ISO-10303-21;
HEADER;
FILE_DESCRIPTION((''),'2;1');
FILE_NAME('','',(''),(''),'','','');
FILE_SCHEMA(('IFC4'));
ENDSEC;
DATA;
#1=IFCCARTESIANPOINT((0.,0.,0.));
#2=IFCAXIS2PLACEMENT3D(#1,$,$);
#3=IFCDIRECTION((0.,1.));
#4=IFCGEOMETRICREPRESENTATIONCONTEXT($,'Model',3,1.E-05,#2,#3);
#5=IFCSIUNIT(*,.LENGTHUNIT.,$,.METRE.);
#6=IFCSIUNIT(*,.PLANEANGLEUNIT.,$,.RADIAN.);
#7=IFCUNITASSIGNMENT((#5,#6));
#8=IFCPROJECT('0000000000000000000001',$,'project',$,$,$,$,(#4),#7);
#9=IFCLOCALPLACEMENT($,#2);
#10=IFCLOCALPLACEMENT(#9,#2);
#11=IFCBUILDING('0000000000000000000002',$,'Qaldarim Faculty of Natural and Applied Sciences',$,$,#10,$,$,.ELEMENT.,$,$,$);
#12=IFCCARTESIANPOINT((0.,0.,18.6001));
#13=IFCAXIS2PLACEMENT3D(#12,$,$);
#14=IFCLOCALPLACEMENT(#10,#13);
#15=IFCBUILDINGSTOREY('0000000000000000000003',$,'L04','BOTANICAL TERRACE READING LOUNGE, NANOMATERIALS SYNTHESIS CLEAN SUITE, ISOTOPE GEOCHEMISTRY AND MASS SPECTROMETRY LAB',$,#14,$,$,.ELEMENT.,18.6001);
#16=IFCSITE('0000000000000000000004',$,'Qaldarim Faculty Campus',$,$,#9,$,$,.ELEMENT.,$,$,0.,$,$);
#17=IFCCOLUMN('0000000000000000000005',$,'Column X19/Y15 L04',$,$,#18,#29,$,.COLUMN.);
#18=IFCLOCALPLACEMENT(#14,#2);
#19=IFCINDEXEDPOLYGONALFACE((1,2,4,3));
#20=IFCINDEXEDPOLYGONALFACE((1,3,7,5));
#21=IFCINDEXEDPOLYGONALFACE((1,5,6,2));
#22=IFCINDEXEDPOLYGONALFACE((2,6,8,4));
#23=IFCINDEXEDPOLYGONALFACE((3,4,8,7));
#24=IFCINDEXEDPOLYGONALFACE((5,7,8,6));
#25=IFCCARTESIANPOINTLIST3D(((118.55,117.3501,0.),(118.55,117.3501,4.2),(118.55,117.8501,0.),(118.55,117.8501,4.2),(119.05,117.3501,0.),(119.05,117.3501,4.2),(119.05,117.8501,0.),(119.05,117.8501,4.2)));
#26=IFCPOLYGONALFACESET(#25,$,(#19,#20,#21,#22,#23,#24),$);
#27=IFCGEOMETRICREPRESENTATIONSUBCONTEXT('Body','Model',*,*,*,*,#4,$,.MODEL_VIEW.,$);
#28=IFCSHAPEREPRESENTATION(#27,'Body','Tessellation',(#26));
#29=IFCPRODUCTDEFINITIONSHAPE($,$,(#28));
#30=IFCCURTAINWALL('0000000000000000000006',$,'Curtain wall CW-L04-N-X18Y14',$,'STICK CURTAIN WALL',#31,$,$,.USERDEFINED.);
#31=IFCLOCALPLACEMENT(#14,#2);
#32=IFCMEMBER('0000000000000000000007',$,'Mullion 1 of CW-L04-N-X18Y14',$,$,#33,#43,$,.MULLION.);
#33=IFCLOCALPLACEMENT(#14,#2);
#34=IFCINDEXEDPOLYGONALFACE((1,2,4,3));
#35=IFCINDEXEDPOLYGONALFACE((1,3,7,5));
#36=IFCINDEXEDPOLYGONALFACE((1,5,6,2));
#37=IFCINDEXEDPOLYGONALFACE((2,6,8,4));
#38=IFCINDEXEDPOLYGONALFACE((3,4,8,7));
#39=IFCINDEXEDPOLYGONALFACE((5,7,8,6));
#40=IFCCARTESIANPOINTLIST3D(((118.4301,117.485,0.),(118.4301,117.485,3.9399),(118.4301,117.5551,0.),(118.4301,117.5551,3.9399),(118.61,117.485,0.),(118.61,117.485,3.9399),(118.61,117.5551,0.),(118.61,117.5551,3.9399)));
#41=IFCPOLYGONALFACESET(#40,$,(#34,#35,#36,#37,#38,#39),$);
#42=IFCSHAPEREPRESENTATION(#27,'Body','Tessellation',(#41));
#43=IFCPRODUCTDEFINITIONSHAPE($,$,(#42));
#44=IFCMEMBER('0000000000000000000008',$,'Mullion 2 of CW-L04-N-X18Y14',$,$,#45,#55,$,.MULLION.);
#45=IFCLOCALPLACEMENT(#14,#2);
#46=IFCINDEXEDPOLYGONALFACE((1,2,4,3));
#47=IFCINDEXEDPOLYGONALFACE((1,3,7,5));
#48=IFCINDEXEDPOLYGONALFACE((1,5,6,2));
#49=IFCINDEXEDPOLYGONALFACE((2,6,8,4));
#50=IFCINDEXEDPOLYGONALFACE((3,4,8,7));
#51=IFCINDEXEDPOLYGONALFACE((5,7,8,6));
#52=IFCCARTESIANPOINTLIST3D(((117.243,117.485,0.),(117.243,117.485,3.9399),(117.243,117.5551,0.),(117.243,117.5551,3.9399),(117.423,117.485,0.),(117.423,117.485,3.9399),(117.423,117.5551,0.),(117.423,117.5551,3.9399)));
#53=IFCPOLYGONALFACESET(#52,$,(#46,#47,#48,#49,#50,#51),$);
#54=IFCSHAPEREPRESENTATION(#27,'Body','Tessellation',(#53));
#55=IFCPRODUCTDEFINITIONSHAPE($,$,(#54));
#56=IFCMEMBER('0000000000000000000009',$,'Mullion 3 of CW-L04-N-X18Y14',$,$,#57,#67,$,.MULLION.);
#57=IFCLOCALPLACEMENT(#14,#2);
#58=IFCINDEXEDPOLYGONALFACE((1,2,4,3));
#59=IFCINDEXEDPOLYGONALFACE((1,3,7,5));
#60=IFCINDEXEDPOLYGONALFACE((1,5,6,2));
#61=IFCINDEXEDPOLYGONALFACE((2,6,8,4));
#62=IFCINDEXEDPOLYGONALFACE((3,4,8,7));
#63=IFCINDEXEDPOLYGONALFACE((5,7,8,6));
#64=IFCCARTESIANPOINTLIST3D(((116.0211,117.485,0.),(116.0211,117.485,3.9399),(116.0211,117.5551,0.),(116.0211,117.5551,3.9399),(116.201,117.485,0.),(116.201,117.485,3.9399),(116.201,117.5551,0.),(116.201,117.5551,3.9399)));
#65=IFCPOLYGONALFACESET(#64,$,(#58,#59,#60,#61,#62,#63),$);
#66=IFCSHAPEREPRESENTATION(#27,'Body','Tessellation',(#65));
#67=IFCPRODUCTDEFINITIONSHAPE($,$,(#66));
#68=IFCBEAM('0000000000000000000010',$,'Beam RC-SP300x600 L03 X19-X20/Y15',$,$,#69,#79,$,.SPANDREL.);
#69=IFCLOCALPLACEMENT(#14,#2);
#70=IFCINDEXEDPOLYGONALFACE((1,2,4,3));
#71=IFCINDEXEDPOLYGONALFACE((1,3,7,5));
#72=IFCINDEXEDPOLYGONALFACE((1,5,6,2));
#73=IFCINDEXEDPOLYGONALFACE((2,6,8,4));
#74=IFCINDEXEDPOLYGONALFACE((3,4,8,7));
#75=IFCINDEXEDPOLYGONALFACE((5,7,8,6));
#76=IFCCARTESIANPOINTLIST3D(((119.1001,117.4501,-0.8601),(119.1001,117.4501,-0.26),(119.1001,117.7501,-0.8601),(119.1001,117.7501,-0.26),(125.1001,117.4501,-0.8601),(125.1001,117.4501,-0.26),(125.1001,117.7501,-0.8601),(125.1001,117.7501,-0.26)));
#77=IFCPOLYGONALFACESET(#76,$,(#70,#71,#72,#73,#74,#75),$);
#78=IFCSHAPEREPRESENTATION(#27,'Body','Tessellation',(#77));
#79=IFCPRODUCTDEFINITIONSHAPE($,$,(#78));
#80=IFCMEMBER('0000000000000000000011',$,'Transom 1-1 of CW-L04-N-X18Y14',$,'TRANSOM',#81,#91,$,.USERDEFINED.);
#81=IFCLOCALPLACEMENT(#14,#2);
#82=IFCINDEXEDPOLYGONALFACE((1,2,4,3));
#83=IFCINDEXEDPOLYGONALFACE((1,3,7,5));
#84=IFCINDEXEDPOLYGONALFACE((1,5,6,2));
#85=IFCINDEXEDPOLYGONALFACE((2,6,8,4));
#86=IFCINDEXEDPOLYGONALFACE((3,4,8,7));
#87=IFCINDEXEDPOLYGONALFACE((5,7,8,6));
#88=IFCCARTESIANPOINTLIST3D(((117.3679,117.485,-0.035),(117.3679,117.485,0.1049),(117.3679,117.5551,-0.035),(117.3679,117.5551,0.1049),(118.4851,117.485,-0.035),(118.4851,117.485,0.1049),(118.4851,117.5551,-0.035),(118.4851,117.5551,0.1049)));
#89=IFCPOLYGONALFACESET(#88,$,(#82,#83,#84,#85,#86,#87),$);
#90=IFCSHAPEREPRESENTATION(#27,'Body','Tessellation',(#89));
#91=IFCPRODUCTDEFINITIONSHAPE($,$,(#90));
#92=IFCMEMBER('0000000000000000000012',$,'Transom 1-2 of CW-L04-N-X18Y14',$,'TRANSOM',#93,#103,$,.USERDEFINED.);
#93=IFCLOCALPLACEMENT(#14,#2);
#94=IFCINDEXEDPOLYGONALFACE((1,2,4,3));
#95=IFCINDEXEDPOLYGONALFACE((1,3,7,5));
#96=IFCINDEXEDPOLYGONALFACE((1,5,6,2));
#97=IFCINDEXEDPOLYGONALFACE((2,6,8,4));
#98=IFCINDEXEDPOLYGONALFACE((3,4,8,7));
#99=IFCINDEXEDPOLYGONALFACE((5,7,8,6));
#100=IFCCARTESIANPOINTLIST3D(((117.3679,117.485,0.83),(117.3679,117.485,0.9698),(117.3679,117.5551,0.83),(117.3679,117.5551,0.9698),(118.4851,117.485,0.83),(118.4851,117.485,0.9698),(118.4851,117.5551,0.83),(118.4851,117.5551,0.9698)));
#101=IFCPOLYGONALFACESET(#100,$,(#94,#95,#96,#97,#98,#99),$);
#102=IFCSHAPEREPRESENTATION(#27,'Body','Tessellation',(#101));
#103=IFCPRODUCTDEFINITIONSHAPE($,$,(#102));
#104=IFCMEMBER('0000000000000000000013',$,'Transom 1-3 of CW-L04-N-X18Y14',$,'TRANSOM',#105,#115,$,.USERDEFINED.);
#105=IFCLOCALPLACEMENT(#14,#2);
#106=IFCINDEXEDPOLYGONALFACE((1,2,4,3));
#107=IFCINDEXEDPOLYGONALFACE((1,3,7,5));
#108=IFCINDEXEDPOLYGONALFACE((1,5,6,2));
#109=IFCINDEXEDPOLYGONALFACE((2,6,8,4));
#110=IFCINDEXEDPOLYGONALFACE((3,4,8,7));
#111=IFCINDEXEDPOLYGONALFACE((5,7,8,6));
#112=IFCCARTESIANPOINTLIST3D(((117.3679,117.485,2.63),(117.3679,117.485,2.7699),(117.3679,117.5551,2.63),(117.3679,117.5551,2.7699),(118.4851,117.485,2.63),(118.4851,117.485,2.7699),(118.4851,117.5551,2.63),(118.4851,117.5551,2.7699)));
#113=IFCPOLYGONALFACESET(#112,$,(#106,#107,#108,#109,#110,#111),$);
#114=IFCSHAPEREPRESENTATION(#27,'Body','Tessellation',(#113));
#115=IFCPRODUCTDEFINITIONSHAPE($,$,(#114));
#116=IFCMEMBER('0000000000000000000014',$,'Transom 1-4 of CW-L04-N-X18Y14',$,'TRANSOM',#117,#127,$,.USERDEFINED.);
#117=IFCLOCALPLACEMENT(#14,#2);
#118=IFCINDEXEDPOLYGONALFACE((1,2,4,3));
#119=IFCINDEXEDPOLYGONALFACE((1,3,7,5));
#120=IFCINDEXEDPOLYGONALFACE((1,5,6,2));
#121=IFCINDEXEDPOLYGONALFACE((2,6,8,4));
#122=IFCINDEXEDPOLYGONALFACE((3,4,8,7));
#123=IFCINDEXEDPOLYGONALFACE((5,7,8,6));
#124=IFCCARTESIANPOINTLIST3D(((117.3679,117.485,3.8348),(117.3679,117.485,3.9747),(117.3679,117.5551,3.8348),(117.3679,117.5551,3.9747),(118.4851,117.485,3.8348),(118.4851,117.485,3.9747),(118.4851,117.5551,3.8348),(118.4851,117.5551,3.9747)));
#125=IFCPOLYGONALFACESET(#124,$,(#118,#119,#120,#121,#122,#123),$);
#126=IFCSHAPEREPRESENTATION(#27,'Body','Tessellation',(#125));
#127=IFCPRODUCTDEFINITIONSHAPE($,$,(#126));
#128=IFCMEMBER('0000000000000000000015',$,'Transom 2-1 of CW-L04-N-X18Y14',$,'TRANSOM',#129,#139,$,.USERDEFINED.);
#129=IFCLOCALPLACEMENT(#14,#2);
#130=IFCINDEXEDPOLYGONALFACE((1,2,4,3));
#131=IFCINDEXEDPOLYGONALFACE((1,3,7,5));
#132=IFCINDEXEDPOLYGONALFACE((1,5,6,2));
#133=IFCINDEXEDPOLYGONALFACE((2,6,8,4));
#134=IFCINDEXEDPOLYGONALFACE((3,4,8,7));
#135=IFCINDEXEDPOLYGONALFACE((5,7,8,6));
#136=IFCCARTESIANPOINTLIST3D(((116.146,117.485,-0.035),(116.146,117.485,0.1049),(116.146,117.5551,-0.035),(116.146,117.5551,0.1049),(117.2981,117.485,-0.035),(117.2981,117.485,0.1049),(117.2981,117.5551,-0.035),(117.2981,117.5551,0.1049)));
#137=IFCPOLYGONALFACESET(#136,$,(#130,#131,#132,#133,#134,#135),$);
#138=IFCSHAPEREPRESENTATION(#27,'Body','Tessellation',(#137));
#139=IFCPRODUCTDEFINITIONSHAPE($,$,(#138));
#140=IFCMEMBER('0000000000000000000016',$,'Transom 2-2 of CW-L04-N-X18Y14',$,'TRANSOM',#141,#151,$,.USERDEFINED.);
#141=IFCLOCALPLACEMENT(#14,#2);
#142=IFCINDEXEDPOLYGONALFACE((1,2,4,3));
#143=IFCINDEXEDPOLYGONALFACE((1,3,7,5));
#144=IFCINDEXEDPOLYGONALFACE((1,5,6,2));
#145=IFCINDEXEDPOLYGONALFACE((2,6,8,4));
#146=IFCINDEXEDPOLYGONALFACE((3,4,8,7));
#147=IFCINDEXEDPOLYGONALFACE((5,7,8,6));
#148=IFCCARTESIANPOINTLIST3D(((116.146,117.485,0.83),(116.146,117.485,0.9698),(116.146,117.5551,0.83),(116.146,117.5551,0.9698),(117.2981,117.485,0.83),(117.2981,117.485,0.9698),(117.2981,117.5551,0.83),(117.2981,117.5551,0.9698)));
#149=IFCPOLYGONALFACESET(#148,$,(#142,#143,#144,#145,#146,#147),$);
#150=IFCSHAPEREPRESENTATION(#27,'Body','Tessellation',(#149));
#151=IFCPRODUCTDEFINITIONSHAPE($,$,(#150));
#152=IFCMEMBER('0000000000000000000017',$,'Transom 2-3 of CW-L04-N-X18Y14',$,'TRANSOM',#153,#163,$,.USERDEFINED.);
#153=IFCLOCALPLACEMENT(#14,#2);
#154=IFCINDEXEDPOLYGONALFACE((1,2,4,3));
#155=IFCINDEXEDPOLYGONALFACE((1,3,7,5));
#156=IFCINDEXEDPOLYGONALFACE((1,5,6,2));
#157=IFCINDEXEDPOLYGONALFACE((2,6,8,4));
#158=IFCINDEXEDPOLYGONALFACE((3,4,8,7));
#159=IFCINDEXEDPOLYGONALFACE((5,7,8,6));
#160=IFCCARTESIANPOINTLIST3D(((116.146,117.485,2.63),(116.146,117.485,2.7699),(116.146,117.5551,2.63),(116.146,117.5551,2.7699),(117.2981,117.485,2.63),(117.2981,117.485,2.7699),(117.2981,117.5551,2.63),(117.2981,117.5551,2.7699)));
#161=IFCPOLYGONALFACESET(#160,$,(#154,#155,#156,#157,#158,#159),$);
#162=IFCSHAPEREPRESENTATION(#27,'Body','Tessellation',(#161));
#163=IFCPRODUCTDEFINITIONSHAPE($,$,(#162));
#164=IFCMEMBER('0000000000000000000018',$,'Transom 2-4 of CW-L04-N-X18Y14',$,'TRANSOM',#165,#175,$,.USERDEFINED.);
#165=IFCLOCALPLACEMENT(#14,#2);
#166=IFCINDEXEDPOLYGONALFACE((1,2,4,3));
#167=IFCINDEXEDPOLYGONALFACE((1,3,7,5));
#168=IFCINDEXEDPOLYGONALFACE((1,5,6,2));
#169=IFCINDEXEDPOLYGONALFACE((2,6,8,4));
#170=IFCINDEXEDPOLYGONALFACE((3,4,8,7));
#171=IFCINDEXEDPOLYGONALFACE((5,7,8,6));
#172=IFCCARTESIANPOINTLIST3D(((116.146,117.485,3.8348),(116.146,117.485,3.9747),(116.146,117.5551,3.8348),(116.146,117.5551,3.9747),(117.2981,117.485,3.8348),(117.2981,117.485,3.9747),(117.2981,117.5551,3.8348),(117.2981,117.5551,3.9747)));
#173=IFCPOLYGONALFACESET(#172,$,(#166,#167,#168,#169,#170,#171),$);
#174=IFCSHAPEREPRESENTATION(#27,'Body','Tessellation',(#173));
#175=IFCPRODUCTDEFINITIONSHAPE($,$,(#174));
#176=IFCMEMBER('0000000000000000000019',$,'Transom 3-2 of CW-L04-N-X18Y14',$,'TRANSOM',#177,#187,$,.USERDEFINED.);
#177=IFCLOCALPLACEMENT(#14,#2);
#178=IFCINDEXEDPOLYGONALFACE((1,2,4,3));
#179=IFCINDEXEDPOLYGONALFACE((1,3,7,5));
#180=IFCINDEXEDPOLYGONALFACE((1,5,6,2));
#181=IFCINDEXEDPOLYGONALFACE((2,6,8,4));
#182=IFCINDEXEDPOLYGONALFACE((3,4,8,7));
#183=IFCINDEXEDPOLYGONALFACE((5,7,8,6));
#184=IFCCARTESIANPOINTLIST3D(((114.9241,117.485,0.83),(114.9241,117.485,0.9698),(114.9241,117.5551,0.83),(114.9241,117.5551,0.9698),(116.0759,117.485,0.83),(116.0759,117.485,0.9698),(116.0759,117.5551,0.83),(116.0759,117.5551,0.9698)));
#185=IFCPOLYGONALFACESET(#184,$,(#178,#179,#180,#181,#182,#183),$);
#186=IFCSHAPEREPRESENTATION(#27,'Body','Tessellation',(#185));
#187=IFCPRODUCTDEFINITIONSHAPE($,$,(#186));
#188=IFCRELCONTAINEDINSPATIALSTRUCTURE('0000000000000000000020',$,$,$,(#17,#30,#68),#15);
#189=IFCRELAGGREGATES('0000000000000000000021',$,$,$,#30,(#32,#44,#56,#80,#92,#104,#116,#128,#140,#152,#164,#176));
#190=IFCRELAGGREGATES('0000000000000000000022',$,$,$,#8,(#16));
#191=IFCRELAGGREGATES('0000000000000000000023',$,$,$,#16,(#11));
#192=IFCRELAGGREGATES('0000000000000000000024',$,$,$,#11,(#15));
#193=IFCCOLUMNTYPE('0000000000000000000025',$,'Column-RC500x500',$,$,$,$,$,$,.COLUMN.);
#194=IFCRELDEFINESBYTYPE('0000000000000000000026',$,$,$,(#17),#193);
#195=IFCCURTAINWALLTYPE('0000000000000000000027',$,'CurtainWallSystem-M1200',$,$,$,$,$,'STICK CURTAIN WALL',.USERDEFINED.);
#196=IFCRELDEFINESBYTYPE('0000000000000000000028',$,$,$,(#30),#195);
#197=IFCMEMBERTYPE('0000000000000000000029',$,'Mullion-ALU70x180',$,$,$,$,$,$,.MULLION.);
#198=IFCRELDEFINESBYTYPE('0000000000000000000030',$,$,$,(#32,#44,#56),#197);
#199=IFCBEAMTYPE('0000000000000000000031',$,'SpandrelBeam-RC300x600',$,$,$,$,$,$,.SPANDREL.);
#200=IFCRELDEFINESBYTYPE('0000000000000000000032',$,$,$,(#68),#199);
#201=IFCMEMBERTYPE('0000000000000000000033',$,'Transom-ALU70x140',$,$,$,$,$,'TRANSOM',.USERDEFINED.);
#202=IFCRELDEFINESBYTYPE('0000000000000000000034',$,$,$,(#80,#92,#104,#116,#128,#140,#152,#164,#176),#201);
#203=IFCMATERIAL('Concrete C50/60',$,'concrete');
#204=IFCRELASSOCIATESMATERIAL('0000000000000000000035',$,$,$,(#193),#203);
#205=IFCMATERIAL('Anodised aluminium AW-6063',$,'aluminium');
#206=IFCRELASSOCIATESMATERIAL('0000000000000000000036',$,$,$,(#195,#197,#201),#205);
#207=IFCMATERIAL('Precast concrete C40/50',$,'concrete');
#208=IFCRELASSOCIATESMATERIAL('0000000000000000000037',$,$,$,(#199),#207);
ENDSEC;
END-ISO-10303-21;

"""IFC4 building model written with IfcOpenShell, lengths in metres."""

from ifc_helpers import new_model, si_unit, direction, frame, origin, origin_2d, place, context, subcontext, project, spatial, rectangle, extrude, material, material_profile, profile_set, type_object, element, aggregate, save


model = new_model("IFC4")

# Units and contexts
model_context = context("Model", 3, precision=1e-05, world=origin(), true_north=direction((0.0, 1.0)))
body_context = subcontext(model_context, "Body", "Model", "MODEL_VIEW")
ifc_project = project(units=[si_unit("LENGTHUNIT", "METRE"), si_unit("PLANEANGLEUNIT", "RADIAN")], contexts=[model_context])

# Site, building, storey
site_placement = place(None, origin())
site = spatial("IfcSite", under=ifc_project, at=site_placement, Name="Qaldarim Faculty Campus", CompositionType="ELEMENT", RefElevation=0.0)
building_placement = place(site_placement, origin())
building = spatial("IfcBuilding", under=site, at=building_placement, Name="Qaldarim Faculty of Natural and Applied Sciences", CompositionType="ELEMENT")
storey_placement = place(building_placement, frame((0.0, 0.0, 18.6001)))
storey = spatial("IfcBuildingStorey", under=building, at=storey_placement, Name="L04", Description="BOTANICAL TERRACE READING LOUNGE, NANOMATERIALS SYNTHESIS CLEAN SUITE, ISOTOPE GEOCHEMISTRY AND MASS SPECTROMETRY LAB", CompositionType="ELEMENT", Elevation=18.6001)

# Column
ifc_material_1 = material(Name="Concrete C50/60", Category="concrete")
ifc_material_profile_1 = material_profile(ifc_material_1, rectangle(XDim=0.5, YDim=0.5, at=origin_2d()), Name="RC-C500x500")
ifc_profile_set_1 = profile_set([ifc_material_profile_1], Name="Concrete C50/60")
column_type = type_object("IfcColumnType", Name="Column-RC500x500", PredefinedType="COLUMN", material=ifc_profile_set_1)
column_placement = place(storey_placement, frame((118.8, 117.6001, 0.0), z_axis=(0.0, 0.0, 1.0), x_axis=(1.0, 0.0, 0.0)))
element("IfcColumn", 1, at=column_placement, inside=storey, type_object=column_type, Name="Column X19/Y15 L04", PredefinedType="COLUMN", context=body_context, shape_type="SweptSolid", body=[
    extrude(rectangle(XDim=0.5, YDim=0.5, at=origin_2d()), origin(), (0.0, 0.0, 1.0), 4.2),
])

# Curtain wall, members
ifc_material_2 = material(Name="Anodised aluminium AW-6063", Category="aluminium")
curtain_wall_type = type_object("IfcCurtainWallType", Name="CurtainWallSystem-M1200", ElementType="STICK CURTAIN WALL", PredefinedType="USERDEFINED", material=ifc_material_2)
curtain_wall_placement = place(storey_placement, origin())
curtain_wall = element("IfcCurtainWall", 2, at=curtain_wall_placement, inside=storey, type_object=curtain_wall_type, Name="Curtain wall CW-L04-N-X18Y14", ObjectType="STICK CURTAIN WALL", PredefinedType="USERDEFINED")
ifc_material_profile_2 = material_profile(ifc_material_2, rectangle(XDim=0.0701, YDim=0.1799, at=origin_2d()), Name="ALU-M70x180")
ifc_profile_set_2 = profile_set([ifc_material_profile_2], Name="Anodised aluminium AW-6063")
member_type_1 = type_object("IfcMemberType", Name="Mullion-ALU70x180", PredefinedType="MULLION", material=ifc_profile_set_2)
member_1_placement = place(storey_placement, frame((118.52, 117.52, 0.0), z_axis=(0.0, 0.0, 1.0), x_axis=(0.0, -1.0, 0.0)))
member_1 = element("IfcMember", 3, at=member_1_placement, type_object=member_type_1, Name="Mullion 1 of CW-L04-N-X18Y14", PredefinedType="MULLION", context=body_context, shape_type="SweptSolid", body=[
    extrude(rectangle(XDim=0.0701, YDim=0.1799, at=origin_2d()), origin(), (0.0, 0.0, 1.0), 3.9399),
])
member_2_placement = place(storey_placement, frame((117.333, 117.52, 0.0), z_axis=(0.0, 0.0, 1.0), x_axis=(0.0, -1.0, 0.0)))
member_2 = element("IfcMember", 4, at=member_2_placement, type_object=member_type_1, Name="Mullion 2 of CW-L04-N-X18Y14", PredefinedType="MULLION", context=body_context, shape_type="SweptSolid", body=[
    extrude(rectangle(XDim=0.0701, YDim=0.1799, at=origin_2d()), origin(), (0.0, 0.0, 1.0), 3.9399),
])
member_3_placement = place(storey_placement, frame((116.1111, 117.52, 0.0), z_axis=(0.0, 0.0, 1.0), x_axis=(0.0, -1.0, 0.0)))
member_3 = element("IfcMember", 5, at=member_3_placement, type_object=member_type_1, Name="Mullion 3 of CW-L04-N-X18Y14", PredefinedType="MULLION", context=body_context, shape_type="SweptSolid", body=[
    extrude(rectangle(XDim=0.0701, YDim=0.1799, at=origin_2d()), origin(), (0.0, 0.0, 1.0), 3.9399),
])

# Beam
ifc_material_3 = material(Name="Precast concrete C40/50", Category="concrete")
ifc_material_profile_3 = material_profile(ifc_material_3, rectangle(XDim=0.3, YDim=0.6001, at=origin_2d()), Name="RC-SP300x600")
ifc_profile_set_3 = profile_set([ifc_material_profile_3], Name="Precast concrete C40/50")
beam_type = type_object("IfcBeamType", Name="SpandrelBeam-RC300x600", PredefinedType="SPANDREL", material=ifc_profile_set_3)
beam_placement = place(storey_placement, frame((119.1001, 117.6001, -0.5601), z_axis=(1.0, 0.0, 0.0), x_axis=(0.0, 1.0, 0.0)))
element("IfcBeam", 6, at=beam_placement, inside=storey, type_object=beam_type, Name="Beam RC-SP300x600 L03 X19-X20/Y15", PredefinedType="SPANDREL", context=body_context, shape_type="SweptSolid", body=[
    extrude(rectangle(XDim=0.3, YDim=0.6001, at=origin_2d()), origin(), (0.0, 0.0, 1.0), 6.0),
])

# Members
ifc_material_profile_4 = material_profile(ifc_material_2, rectangle(XDim=0.0701, YDim=0.1399, at=origin_2d()), Name="ALU-T70x140")
ifc_profile_set_4 = profile_set([ifc_material_profile_4], Name="Anodised aluminium AW-6063")
member_type_2 = type_object("IfcMemberType", Name="Transom-ALU70x140", ElementType="TRANSOM", PredefinedType="USERDEFINED", material=ifc_profile_set_4)
member_4_placement = place(storey_placement, frame((118.4851, 117.52, 0.0349), z_axis=(-1.0, 0.0, 0.0), x_axis=(0.0, -1.0, 0.0)))
member_4 = element("IfcMember", 7, at=member_4_placement, type_object=member_type_2, Name="Transom 1-1 of CW-L04-N-X18Y14", ObjectType="TRANSOM", PredefinedType="USERDEFINED", context=body_context, shape_type="SweptSolid", body=[
    extrude(rectangle(XDim=0.0701, YDim=0.1399, at=origin_2d()), origin(), (0.0, 0.0, 1.0), 1.1172),
])
member_5_placement = place(storey_placement, frame((118.4851, 117.52, 0.8999), z_axis=(-1.0, 0.0, 0.0), x_axis=(0.0, -1.0, 0.0)))
member_5 = element("IfcMember", 8, at=member_5_placement, type_object=member_type_2, Name="Transom 1-2 of CW-L04-N-X18Y14", ObjectType="TRANSOM", PredefinedType="USERDEFINED", context=body_context, shape_type="SweptSolid", body=[
    extrude(rectangle(XDim=0.0701, YDim=0.1399, at=origin_2d()), origin(), (0.0, 0.0, 1.0), 1.1172),
])
member_6_placement = place(storey_placement, frame((118.4851, 117.52, 2.7), z_axis=(-1.0, 0.0, 0.0), x_axis=(0.0, -1.0, 0.0)))
member_6 = element("IfcMember", 9, at=member_6_placement, type_object=member_type_2, Name="Transom 1-3 of CW-L04-N-X18Y14", ObjectType="TRANSOM", PredefinedType="USERDEFINED", context=body_context, shape_type="SweptSolid", body=[
    extrude(rectangle(XDim=0.0701, YDim=0.1399, at=origin_2d()), origin(), (0.0, 0.0, 1.0), 1.1172),
])
member_7_placement = place(storey_placement, frame((118.4851, 117.52, 3.9048), z_axis=(-1.0, 0.0, 0.0), x_axis=(0.0, -1.0, 0.0)))
member_7 = element("IfcMember", 10, at=member_7_placement, type_object=member_type_2, Name="Transom 1-4 of CW-L04-N-X18Y14", ObjectType="TRANSOM", PredefinedType="USERDEFINED", context=body_context, shape_type="SweptSolid", body=[
    extrude(rectangle(XDim=0.0701, YDim=0.1399, at=origin_2d()), origin(), (0.0, 0.0, 1.0), 1.1172),
])
member_8_placement = place(storey_placement, frame((117.2981, 117.52, 0.0349), z_axis=(-1.0, 0.0, 0.0), x_axis=(0.0, -1.0, 0.0)))
member_8 = element("IfcMember", 11, at=member_8_placement, type_object=member_type_2, Name="Transom 2-1 of CW-L04-N-X18Y14", ObjectType="TRANSOM", PredefinedType="USERDEFINED", context=body_context, shape_type="SweptSolid", body=[
    extrude(rectangle(XDim=0.0701, YDim=0.1399, at=origin_2d()), origin(), (0.0, 0.0, 1.0), 1.1521),
])
member_9_placement = place(storey_placement, frame((117.2981, 117.52, 0.8999), z_axis=(-1.0, 0.0, 0.0), x_axis=(0.0, -1.0, 0.0)))
member_9 = element("IfcMember", 12, at=member_9_placement, type_object=member_type_2, Name="Transom 2-2 of CW-L04-N-X18Y14", ObjectType="TRANSOM", PredefinedType="USERDEFINED", context=body_context, shape_type="SweptSolid", body=[
    extrude(rectangle(XDim=0.0701, YDim=0.1399, at=origin_2d()), origin(), (0.0, 0.0, 1.0), 1.1521),
])
member_10_placement = place(storey_placement, frame((117.2981, 117.52, 2.7), z_axis=(-1.0, 0.0, 0.0), x_axis=(0.0, -1.0, 0.0)))
member_10 = element("IfcMember", 13, at=member_10_placement, type_object=member_type_2, Name="Transom 2-3 of CW-L04-N-X18Y14", ObjectType="TRANSOM", PredefinedType="USERDEFINED", context=body_context, shape_type="SweptSolid", body=[
    extrude(rectangle(XDim=0.0701, YDim=0.1399, at=origin_2d()), origin(), (0.0, 0.0, 1.0), 1.1521),
])
member_11_placement = place(storey_placement, frame((117.2981, 117.52, 3.9048), z_axis=(-1.0, 0.0, 0.0), x_axis=(0.0, -1.0, 0.0)))
member_11 = element("IfcMember", 14, at=member_11_placement, type_object=member_type_2, Name="Transom 2-4 of CW-L04-N-X18Y14", ObjectType="TRANSOM", PredefinedType="USERDEFINED", context=body_context, shape_type="SweptSolid", body=[
    extrude(rectangle(XDim=0.0701, YDim=0.1399, at=origin_2d()), origin(), (0.0, 0.0, 1.0), 1.1521),
])
member_12_placement = place(storey_placement, frame((116.0759, 117.52, 0.8999), z_axis=(-1.0, 0.0, 0.0), x_axis=(0.0, -1.0, 0.0)))
member_12 = element("IfcMember", 15, at=member_12_placement, type_object=member_type_2, Name="Transom 3-2 of CW-L04-N-X18Y14", ObjectType="TRANSOM", PredefinedType="USERDEFINED", context=body_context, shape_type="SweptSolid", body=[
    extrude(rectangle(XDim=0.0701, YDim=0.1399, at=origin_2d()), origin(), (0.0, 0.0, 1.0), 1.1519),
])

aggregate(curtain_wall, [member_1, member_2, member_3, member_4, member_5, member_6, member_7, member_8, member_9, member_10, member_11, member_12])

save(model, "model.ifc")
